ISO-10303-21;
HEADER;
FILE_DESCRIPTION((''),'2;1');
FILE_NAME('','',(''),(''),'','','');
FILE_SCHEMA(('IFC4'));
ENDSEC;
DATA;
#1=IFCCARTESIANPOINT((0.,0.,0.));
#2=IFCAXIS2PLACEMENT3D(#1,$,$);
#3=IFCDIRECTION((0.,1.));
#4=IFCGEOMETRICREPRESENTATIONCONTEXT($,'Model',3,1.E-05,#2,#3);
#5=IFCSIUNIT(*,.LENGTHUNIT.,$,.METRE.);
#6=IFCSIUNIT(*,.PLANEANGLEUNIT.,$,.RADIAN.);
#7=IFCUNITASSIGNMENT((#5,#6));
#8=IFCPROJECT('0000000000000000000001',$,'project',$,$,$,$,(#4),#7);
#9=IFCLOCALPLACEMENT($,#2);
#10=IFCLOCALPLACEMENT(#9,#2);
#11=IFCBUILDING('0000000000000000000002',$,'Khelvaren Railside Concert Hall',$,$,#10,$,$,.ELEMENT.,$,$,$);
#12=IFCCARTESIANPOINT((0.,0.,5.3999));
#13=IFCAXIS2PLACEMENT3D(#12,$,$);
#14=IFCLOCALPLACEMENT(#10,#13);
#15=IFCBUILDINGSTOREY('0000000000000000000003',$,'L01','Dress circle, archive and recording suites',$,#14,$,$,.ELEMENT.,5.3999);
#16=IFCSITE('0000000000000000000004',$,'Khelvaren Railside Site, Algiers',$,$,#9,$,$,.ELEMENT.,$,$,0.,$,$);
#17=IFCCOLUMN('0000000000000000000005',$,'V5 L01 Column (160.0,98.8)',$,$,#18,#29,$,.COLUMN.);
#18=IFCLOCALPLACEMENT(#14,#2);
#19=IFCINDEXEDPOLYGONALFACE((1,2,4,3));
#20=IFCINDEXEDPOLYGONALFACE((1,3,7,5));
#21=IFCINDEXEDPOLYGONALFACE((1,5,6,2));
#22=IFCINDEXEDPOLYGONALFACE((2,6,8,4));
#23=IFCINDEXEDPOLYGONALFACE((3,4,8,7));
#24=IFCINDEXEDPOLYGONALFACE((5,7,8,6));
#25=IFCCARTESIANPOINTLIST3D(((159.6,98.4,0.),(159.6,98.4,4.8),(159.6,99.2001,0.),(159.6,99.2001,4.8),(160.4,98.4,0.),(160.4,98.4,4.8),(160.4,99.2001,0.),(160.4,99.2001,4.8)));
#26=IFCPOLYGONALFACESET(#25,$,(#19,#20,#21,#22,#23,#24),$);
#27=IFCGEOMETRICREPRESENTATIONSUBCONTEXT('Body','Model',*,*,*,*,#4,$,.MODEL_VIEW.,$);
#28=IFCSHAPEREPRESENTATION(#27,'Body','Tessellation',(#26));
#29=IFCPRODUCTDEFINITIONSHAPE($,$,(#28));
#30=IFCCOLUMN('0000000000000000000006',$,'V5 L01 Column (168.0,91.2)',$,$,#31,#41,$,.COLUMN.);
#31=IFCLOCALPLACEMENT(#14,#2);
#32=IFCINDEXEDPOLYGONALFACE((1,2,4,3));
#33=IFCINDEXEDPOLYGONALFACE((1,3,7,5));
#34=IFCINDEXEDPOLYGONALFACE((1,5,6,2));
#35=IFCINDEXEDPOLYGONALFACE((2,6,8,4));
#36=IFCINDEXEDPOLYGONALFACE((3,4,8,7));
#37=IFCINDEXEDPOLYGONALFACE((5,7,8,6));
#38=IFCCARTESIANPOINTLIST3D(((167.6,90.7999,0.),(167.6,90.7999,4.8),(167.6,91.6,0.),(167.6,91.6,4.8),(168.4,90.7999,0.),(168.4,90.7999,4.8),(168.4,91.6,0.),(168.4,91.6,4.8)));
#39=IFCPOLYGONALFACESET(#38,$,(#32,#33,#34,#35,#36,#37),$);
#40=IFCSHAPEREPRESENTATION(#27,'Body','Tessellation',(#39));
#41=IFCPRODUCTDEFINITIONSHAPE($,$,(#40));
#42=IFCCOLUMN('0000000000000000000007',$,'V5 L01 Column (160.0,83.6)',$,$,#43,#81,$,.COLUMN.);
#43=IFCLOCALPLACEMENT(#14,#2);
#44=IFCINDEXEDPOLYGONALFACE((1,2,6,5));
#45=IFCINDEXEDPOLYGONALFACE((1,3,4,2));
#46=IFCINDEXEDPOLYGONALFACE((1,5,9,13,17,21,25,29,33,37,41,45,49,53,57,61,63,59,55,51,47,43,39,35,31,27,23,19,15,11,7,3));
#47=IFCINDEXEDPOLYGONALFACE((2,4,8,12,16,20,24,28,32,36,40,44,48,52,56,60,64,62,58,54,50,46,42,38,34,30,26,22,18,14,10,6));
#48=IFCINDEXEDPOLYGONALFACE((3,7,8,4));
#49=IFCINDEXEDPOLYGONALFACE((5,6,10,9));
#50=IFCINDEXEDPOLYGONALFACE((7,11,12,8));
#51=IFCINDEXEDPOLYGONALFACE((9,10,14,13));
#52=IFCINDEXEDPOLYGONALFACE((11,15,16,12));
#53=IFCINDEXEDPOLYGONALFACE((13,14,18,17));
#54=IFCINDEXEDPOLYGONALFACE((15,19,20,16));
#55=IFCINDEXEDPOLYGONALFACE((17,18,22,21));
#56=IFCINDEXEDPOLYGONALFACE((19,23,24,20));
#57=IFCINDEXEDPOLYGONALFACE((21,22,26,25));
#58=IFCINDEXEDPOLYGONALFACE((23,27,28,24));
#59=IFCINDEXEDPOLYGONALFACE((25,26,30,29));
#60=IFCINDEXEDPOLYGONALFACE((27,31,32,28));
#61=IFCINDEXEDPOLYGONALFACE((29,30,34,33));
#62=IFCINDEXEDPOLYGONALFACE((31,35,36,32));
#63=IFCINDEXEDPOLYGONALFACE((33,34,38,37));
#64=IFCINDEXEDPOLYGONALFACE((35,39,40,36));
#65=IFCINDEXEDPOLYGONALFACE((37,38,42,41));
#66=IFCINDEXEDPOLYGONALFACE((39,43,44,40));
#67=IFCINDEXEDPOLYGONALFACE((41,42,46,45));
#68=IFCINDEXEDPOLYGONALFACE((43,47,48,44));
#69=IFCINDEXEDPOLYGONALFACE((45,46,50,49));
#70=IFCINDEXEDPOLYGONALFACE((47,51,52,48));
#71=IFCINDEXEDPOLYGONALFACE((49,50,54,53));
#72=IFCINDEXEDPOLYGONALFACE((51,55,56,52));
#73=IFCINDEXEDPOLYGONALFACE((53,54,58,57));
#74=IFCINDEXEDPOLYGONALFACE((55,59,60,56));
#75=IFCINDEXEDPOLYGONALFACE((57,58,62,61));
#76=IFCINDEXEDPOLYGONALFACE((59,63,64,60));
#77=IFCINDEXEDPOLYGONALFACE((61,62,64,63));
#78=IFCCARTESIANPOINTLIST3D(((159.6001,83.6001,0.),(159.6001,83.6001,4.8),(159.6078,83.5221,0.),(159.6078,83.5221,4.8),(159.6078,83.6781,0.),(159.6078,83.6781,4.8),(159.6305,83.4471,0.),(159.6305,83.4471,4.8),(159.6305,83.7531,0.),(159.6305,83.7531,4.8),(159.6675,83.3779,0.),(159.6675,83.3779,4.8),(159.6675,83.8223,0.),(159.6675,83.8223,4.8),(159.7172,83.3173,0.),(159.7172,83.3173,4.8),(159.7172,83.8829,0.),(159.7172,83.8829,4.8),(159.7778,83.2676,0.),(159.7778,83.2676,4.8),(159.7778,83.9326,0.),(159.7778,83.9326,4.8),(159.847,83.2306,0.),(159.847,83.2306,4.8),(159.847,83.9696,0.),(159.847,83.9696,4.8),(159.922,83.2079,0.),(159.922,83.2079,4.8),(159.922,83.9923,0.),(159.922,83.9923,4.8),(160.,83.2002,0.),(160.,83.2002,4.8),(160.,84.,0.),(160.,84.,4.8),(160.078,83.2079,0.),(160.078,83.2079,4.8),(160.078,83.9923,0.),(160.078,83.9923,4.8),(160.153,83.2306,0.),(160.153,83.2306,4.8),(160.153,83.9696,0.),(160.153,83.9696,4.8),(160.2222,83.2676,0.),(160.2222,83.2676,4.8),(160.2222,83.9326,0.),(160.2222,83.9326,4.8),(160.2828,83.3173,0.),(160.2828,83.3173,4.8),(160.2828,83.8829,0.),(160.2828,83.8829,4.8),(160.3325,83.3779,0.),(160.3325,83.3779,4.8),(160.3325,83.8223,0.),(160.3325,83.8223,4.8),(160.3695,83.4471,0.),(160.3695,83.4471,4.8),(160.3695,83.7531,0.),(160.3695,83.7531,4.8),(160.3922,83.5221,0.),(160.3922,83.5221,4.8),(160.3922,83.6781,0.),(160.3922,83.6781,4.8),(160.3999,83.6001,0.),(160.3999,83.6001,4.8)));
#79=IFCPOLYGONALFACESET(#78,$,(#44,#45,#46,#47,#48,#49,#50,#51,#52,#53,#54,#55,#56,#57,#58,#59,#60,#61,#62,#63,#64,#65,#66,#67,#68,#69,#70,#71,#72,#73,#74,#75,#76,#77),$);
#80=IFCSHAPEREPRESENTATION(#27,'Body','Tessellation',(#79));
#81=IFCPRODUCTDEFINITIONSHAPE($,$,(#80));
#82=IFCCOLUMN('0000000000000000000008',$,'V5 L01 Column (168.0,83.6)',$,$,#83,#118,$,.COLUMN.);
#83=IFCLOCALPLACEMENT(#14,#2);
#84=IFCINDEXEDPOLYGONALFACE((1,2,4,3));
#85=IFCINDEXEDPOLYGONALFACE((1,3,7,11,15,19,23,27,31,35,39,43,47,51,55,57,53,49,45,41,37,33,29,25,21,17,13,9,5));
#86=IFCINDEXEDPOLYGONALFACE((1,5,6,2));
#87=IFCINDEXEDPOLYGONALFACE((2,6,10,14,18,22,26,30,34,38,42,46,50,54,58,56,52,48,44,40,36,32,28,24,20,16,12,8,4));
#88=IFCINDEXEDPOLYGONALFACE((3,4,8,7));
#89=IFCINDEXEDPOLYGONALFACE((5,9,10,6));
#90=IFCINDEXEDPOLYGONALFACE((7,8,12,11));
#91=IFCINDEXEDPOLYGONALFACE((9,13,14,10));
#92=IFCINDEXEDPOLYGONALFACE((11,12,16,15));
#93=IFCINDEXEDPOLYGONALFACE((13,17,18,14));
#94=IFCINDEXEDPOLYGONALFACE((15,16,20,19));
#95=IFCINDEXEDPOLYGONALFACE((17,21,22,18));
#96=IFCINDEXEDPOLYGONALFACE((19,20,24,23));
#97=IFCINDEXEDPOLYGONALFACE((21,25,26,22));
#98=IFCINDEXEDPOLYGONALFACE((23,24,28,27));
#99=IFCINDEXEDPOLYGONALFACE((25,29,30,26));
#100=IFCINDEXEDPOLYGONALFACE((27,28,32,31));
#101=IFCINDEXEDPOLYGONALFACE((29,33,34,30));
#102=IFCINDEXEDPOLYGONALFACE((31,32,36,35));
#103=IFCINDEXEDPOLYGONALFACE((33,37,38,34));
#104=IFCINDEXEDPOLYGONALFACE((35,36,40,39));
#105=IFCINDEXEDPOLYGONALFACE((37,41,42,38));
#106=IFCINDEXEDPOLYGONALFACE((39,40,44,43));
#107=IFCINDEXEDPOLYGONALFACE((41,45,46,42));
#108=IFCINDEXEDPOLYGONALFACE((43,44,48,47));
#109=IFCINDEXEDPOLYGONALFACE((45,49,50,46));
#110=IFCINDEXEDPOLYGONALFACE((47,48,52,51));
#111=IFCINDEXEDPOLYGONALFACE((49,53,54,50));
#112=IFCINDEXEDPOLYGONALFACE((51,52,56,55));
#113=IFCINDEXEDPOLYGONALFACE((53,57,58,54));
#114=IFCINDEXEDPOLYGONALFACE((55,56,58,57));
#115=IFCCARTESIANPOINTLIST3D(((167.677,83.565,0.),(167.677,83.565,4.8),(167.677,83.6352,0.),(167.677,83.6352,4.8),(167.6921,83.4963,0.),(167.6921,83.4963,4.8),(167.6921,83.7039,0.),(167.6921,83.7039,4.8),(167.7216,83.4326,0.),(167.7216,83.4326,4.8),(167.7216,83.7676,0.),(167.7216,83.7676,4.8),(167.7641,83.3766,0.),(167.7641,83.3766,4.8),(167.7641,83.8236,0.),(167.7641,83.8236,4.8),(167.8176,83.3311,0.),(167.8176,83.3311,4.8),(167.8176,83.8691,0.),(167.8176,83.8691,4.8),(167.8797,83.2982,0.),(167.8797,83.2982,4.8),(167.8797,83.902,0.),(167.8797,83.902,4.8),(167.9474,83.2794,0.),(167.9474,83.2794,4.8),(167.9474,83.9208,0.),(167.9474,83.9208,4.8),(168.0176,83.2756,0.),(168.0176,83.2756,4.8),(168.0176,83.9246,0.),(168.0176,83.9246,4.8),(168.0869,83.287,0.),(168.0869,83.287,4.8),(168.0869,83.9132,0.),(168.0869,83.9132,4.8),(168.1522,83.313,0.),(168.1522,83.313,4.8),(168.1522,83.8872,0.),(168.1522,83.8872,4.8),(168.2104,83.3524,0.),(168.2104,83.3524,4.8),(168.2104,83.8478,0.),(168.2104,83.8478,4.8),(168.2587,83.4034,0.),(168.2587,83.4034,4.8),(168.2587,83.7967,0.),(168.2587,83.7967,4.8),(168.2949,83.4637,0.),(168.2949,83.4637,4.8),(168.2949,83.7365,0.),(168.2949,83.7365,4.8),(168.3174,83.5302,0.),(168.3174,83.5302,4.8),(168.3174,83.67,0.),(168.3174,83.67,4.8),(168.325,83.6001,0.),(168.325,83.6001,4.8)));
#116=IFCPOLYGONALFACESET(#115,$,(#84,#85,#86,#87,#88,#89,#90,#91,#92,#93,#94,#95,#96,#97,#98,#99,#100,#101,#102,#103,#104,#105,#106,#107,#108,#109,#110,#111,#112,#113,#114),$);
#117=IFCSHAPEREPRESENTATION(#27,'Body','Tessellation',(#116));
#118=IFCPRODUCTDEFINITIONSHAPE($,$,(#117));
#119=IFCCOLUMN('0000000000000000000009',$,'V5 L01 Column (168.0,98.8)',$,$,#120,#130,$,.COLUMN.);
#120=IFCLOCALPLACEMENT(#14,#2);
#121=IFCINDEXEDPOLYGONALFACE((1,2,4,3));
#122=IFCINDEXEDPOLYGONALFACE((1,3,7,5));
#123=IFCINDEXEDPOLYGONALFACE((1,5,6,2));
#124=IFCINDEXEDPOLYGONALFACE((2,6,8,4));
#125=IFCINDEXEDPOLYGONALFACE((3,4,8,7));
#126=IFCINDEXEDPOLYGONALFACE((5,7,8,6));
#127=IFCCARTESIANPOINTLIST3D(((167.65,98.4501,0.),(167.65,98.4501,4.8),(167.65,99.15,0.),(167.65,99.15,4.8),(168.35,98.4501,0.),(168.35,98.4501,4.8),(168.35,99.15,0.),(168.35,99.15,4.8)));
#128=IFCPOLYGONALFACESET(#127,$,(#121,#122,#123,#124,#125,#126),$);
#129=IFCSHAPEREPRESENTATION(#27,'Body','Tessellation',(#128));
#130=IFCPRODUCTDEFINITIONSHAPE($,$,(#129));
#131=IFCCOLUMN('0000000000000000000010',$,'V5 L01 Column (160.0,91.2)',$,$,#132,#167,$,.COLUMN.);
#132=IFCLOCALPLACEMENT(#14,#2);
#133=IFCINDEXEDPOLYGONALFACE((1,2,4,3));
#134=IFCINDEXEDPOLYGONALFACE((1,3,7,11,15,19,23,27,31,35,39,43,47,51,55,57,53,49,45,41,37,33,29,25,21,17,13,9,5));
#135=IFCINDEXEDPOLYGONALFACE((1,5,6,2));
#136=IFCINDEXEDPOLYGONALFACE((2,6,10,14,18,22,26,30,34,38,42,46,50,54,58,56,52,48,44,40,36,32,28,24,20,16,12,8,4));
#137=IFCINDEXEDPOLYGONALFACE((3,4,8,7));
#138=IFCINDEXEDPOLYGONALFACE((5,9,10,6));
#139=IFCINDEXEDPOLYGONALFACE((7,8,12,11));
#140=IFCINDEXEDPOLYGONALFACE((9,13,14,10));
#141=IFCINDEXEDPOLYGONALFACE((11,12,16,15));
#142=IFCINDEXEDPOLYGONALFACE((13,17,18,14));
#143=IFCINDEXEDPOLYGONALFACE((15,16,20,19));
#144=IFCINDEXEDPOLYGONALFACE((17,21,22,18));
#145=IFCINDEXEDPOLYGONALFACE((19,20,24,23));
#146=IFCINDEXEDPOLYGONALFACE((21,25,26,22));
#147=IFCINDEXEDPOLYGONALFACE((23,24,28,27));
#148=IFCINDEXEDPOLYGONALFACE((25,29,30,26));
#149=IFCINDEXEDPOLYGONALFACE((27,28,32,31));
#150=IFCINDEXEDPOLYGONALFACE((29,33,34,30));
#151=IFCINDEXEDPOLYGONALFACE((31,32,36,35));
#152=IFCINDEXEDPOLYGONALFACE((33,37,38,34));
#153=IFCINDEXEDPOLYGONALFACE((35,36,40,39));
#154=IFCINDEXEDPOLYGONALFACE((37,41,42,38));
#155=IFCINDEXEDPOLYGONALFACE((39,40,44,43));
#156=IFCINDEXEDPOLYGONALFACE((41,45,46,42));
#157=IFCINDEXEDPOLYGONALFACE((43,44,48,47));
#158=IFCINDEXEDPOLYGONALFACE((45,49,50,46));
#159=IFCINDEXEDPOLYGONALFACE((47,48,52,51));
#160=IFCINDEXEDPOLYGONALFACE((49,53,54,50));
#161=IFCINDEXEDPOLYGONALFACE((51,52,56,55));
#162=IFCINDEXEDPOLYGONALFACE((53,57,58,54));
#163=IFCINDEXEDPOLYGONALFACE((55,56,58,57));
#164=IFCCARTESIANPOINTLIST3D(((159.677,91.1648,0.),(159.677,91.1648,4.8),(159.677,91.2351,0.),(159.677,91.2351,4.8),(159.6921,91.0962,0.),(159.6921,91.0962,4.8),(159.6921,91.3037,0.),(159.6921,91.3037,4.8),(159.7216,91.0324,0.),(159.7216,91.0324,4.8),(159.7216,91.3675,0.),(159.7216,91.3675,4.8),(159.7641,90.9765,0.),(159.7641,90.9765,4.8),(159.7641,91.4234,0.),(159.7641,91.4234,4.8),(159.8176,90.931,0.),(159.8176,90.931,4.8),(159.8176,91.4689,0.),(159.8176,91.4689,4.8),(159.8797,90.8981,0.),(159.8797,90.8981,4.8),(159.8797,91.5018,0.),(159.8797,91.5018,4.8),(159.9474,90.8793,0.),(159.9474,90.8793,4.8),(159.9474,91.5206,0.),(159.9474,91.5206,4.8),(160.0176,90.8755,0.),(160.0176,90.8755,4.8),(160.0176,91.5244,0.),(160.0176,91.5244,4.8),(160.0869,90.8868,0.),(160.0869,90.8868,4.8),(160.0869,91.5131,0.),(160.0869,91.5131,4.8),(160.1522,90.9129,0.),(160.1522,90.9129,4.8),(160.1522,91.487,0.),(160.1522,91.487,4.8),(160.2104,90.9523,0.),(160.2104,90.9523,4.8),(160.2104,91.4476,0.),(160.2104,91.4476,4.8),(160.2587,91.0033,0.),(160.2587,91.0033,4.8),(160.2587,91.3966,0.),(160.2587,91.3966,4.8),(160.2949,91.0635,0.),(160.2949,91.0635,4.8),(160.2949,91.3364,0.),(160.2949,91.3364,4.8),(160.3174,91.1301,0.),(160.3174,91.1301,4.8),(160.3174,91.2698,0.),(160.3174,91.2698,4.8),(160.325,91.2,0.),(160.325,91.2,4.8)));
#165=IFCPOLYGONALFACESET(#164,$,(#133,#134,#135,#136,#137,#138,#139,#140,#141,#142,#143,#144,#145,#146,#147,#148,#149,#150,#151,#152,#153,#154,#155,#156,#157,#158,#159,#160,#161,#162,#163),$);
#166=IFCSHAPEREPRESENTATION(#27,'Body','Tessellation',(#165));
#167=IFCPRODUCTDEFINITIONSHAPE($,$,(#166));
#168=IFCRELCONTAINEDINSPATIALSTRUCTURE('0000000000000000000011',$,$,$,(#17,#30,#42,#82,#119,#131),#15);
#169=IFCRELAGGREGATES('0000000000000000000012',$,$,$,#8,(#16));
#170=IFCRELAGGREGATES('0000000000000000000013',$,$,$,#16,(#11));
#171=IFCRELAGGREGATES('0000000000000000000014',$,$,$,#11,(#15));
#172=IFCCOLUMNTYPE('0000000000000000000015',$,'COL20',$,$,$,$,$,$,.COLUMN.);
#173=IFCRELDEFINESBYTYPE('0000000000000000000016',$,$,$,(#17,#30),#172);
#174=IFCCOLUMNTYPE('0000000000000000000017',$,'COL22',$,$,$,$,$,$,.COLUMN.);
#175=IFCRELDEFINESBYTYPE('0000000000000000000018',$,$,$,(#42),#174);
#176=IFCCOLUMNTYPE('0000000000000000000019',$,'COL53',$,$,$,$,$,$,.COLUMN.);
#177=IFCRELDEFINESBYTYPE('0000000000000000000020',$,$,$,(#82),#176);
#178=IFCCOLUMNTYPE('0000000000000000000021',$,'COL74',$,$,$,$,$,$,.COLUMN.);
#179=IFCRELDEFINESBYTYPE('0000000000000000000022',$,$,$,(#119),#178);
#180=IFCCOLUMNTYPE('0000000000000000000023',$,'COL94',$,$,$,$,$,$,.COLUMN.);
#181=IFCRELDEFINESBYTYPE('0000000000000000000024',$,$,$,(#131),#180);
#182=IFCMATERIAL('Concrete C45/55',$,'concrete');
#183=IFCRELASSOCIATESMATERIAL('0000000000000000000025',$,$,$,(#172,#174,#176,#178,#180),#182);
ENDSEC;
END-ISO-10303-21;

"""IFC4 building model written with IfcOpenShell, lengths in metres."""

from ifc_helpers import new_model, si_unit, direction, frame, origin, origin_2d, place, context, subcontext, project, spatial, rectangle, circle, extrude, material, material_profile, profile_set, type_object, element, save


model = new_model("IFC4")

# Units and contexts
model_context = context("Model", 3, precision=1e-05, world=origin(), true_north=direction((0.0, 1.0)))
body_context = subcontext(model_context, "Body", "Model", "MODEL_VIEW")
ifc_project = project(units=[si_unit("LENGTHUNIT", "METRE"), si_unit("PLANEANGLEUNIT", "RADIAN")], contexts=[model_context])

# Site, building, storey
site_placement = place(None, origin())
site = spatial("IfcSite", under=ifc_project, at=site_placement, Name="Khelvaren Railside Site, Algiers", CompositionType="ELEMENT", RefElevation=0.0)
building_placement = place(site_placement, origin())
building = spatial("IfcBuilding", under=site, at=building_placement, Name="Khelvaren Railside Concert Hall", CompositionType="ELEMENT")
storey_placement = place(building_placement, frame((0.0, 0.0, 5.3999)))
storey = spatial("IfcBuildingStorey", under=building, at=storey_placement, Name="L01", Description="Dress circle, archive and recording suites", CompositionType="ELEMENT", Elevation=5.3999)

# Columns
ifc_material_1 = material(Name="Concrete C45/55", Category="concrete")
ifc_material_profile_1 = material_profile(ifc_material_1, rectangle(XDim=0.8, YDim=0.8, at=origin_2d()), Name="RC 800x800")
ifc_profile_set_1 = profile_set([ifc_material_profile_1], Name="Concrete C45/55")
column_type_1 = type_object("IfcColumnType", Name="COL20", PredefinedType="COLUMN", material=ifc_profile_set_1)
for number, where, z_axis, x_axis, name in (
    (1, (160.0, 98.8, 0.0), (0.0, 0.0, 1.0), (1.0, 0.0, 0.0), "V5 L01 Column (160.0,98.8)"),
    (2, (168.0, 91.2, 0.0), (0.0, 0.0, 1.0), (1.0, 0.0, 0.0), "V5 L01 Column (168.0,91.2)"),
):
    element("IfcColumn", number, at=place(storey_placement, frame(where, z_axis=z_axis, x_axis=x_axis)), inside=storey, type_object=column_type_1, Name=name, PredefinedType="COLUMN", context=body_context, shape_type="SweptSolid", body=[
        extrude(rectangle(XDim=0.8, YDim=0.8, at=origin_2d()), origin(), (0.0, 0.0, 1.0), 4.8),
    ])
ifc_material_profile_2 = material_profile(ifc_material_1, circle(Radius=0.3999, at=origin_2d()), Name="RC D800")
ifc_profile_set_2 = profile_set([ifc_material_profile_2], Name="Concrete C45/55")
column_type_2 = type_object("IfcColumnType", Name="COL22", PredefinedType="COLUMN", material=ifc_profile_set_2)
column_1_placement = place(storey_placement, frame((160.0, 83.6001, 0.0), z_axis=(0.0, 0.0, 1.0), x_axis=(1.0, 0.0, 0.0)))
element("IfcColumn", 3, at=column_1_placement, inside=storey, type_object=column_type_2, Name="V5 L01 Column (160.0,83.6)", PredefinedType="COLUMN", context=body_context, shape_type="SweptSolid", body=[
    extrude(circle(Radius=0.3999, at=origin_2d()), origin(), (0.0, 0.0, 1.0), 4.8),
])
ifc_material_profile_3 = material_profile(ifc_material_1, circle(Radius=0.325, at=origin_2d()), Name="RC D650")
ifc_profile_set_3 = profile_set([ifc_material_profile_3], Name="Concrete C45/55")
column_type_3 = type_object("IfcColumnType", Name="COL53", PredefinedType="COLUMN", material=ifc_profile_set_3)
column_2_placement = place(storey_placement, frame((168.0, 83.6001, 0.0), z_axis=(0.0, 0.0, 1.0), x_axis=(1.0, 0.0, 0.0)))
element("IfcColumn", 4, at=column_2_placement, inside=storey, type_object=column_type_3, Name="V5 L01 Column (168.0,83.6)", PredefinedType="COLUMN", context=body_context, shape_type="SweptSolid", body=[
    extrude(circle(Radius=0.325, at=origin_2d()), origin(), (0.0, 0.0, 1.0), 4.8),
])
ifc_material_profile_4 = material_profile(ifc_material_1, rectangle(XDim=0.7, YDim=0.7, at=origin_2d()), Name="RC 700x700")
ifc_profile_set_4 = profile_set([ifc_material_profile_4], Name="Concrete C45/55")
column_type_4 = type_object("IfcColumnType", Name="COL74", PredefinedType="COLUMN", material=ifc_profile_set_4)
column_3_placement = place(storey_placement, frame((168.0, 98.8, 0.0), z_axis=(0.0, 0.0, 1.0), x_axis=(1.0, 0.0, 0.0)))
element("IfcColumn", 5, at=column_3_placement, inside=storey, type_object=column_type_4, Name="V5 L01 Column (168.0,98.8)", PredefinedType="COLUMN", context=body_context, shape_type="SweptSolid", body=[
    extrude(rectangle(XDim=0.7, YDim=0.7, at=origin_2d()), origin(), (0.0, 0.0, 1.0), 4.8),
])
ifc_material_profile_5 = material_profile(ifc_material_1, circle(Radius=0.325, at=origin_2d()), Name="RC D650")
ifc_profile_set_5 = profile_set([ifc_material_profile_5], Name="Concrete C45/55")
column_type_5 = type_object("IfcColumnType", Name="COL94", PredefinedType="COLUMN", material=ifc_profile_set_5)
column_4_placement = place(storey_placement, frame((160.0, 91.2, 0.0), z_axis=(0.0, 0.0, 1.0), x_axis=(1.0, 0.0, 0.0)))
element("IfcColumn", 6, at=column_4_placement, inside=storey, type_object=column_type_5, Name="V5 L01 Column (160.0,91.2)", PredefinedType="COLUMN", context=body_context, shape_type="SweptSolid", body=[
    extrude(circle(Radius=0.325, at=origin_2d()), origin(), (0.0, 0.0, 1.0), 4.8),
])

save(model, "model.ifc")
